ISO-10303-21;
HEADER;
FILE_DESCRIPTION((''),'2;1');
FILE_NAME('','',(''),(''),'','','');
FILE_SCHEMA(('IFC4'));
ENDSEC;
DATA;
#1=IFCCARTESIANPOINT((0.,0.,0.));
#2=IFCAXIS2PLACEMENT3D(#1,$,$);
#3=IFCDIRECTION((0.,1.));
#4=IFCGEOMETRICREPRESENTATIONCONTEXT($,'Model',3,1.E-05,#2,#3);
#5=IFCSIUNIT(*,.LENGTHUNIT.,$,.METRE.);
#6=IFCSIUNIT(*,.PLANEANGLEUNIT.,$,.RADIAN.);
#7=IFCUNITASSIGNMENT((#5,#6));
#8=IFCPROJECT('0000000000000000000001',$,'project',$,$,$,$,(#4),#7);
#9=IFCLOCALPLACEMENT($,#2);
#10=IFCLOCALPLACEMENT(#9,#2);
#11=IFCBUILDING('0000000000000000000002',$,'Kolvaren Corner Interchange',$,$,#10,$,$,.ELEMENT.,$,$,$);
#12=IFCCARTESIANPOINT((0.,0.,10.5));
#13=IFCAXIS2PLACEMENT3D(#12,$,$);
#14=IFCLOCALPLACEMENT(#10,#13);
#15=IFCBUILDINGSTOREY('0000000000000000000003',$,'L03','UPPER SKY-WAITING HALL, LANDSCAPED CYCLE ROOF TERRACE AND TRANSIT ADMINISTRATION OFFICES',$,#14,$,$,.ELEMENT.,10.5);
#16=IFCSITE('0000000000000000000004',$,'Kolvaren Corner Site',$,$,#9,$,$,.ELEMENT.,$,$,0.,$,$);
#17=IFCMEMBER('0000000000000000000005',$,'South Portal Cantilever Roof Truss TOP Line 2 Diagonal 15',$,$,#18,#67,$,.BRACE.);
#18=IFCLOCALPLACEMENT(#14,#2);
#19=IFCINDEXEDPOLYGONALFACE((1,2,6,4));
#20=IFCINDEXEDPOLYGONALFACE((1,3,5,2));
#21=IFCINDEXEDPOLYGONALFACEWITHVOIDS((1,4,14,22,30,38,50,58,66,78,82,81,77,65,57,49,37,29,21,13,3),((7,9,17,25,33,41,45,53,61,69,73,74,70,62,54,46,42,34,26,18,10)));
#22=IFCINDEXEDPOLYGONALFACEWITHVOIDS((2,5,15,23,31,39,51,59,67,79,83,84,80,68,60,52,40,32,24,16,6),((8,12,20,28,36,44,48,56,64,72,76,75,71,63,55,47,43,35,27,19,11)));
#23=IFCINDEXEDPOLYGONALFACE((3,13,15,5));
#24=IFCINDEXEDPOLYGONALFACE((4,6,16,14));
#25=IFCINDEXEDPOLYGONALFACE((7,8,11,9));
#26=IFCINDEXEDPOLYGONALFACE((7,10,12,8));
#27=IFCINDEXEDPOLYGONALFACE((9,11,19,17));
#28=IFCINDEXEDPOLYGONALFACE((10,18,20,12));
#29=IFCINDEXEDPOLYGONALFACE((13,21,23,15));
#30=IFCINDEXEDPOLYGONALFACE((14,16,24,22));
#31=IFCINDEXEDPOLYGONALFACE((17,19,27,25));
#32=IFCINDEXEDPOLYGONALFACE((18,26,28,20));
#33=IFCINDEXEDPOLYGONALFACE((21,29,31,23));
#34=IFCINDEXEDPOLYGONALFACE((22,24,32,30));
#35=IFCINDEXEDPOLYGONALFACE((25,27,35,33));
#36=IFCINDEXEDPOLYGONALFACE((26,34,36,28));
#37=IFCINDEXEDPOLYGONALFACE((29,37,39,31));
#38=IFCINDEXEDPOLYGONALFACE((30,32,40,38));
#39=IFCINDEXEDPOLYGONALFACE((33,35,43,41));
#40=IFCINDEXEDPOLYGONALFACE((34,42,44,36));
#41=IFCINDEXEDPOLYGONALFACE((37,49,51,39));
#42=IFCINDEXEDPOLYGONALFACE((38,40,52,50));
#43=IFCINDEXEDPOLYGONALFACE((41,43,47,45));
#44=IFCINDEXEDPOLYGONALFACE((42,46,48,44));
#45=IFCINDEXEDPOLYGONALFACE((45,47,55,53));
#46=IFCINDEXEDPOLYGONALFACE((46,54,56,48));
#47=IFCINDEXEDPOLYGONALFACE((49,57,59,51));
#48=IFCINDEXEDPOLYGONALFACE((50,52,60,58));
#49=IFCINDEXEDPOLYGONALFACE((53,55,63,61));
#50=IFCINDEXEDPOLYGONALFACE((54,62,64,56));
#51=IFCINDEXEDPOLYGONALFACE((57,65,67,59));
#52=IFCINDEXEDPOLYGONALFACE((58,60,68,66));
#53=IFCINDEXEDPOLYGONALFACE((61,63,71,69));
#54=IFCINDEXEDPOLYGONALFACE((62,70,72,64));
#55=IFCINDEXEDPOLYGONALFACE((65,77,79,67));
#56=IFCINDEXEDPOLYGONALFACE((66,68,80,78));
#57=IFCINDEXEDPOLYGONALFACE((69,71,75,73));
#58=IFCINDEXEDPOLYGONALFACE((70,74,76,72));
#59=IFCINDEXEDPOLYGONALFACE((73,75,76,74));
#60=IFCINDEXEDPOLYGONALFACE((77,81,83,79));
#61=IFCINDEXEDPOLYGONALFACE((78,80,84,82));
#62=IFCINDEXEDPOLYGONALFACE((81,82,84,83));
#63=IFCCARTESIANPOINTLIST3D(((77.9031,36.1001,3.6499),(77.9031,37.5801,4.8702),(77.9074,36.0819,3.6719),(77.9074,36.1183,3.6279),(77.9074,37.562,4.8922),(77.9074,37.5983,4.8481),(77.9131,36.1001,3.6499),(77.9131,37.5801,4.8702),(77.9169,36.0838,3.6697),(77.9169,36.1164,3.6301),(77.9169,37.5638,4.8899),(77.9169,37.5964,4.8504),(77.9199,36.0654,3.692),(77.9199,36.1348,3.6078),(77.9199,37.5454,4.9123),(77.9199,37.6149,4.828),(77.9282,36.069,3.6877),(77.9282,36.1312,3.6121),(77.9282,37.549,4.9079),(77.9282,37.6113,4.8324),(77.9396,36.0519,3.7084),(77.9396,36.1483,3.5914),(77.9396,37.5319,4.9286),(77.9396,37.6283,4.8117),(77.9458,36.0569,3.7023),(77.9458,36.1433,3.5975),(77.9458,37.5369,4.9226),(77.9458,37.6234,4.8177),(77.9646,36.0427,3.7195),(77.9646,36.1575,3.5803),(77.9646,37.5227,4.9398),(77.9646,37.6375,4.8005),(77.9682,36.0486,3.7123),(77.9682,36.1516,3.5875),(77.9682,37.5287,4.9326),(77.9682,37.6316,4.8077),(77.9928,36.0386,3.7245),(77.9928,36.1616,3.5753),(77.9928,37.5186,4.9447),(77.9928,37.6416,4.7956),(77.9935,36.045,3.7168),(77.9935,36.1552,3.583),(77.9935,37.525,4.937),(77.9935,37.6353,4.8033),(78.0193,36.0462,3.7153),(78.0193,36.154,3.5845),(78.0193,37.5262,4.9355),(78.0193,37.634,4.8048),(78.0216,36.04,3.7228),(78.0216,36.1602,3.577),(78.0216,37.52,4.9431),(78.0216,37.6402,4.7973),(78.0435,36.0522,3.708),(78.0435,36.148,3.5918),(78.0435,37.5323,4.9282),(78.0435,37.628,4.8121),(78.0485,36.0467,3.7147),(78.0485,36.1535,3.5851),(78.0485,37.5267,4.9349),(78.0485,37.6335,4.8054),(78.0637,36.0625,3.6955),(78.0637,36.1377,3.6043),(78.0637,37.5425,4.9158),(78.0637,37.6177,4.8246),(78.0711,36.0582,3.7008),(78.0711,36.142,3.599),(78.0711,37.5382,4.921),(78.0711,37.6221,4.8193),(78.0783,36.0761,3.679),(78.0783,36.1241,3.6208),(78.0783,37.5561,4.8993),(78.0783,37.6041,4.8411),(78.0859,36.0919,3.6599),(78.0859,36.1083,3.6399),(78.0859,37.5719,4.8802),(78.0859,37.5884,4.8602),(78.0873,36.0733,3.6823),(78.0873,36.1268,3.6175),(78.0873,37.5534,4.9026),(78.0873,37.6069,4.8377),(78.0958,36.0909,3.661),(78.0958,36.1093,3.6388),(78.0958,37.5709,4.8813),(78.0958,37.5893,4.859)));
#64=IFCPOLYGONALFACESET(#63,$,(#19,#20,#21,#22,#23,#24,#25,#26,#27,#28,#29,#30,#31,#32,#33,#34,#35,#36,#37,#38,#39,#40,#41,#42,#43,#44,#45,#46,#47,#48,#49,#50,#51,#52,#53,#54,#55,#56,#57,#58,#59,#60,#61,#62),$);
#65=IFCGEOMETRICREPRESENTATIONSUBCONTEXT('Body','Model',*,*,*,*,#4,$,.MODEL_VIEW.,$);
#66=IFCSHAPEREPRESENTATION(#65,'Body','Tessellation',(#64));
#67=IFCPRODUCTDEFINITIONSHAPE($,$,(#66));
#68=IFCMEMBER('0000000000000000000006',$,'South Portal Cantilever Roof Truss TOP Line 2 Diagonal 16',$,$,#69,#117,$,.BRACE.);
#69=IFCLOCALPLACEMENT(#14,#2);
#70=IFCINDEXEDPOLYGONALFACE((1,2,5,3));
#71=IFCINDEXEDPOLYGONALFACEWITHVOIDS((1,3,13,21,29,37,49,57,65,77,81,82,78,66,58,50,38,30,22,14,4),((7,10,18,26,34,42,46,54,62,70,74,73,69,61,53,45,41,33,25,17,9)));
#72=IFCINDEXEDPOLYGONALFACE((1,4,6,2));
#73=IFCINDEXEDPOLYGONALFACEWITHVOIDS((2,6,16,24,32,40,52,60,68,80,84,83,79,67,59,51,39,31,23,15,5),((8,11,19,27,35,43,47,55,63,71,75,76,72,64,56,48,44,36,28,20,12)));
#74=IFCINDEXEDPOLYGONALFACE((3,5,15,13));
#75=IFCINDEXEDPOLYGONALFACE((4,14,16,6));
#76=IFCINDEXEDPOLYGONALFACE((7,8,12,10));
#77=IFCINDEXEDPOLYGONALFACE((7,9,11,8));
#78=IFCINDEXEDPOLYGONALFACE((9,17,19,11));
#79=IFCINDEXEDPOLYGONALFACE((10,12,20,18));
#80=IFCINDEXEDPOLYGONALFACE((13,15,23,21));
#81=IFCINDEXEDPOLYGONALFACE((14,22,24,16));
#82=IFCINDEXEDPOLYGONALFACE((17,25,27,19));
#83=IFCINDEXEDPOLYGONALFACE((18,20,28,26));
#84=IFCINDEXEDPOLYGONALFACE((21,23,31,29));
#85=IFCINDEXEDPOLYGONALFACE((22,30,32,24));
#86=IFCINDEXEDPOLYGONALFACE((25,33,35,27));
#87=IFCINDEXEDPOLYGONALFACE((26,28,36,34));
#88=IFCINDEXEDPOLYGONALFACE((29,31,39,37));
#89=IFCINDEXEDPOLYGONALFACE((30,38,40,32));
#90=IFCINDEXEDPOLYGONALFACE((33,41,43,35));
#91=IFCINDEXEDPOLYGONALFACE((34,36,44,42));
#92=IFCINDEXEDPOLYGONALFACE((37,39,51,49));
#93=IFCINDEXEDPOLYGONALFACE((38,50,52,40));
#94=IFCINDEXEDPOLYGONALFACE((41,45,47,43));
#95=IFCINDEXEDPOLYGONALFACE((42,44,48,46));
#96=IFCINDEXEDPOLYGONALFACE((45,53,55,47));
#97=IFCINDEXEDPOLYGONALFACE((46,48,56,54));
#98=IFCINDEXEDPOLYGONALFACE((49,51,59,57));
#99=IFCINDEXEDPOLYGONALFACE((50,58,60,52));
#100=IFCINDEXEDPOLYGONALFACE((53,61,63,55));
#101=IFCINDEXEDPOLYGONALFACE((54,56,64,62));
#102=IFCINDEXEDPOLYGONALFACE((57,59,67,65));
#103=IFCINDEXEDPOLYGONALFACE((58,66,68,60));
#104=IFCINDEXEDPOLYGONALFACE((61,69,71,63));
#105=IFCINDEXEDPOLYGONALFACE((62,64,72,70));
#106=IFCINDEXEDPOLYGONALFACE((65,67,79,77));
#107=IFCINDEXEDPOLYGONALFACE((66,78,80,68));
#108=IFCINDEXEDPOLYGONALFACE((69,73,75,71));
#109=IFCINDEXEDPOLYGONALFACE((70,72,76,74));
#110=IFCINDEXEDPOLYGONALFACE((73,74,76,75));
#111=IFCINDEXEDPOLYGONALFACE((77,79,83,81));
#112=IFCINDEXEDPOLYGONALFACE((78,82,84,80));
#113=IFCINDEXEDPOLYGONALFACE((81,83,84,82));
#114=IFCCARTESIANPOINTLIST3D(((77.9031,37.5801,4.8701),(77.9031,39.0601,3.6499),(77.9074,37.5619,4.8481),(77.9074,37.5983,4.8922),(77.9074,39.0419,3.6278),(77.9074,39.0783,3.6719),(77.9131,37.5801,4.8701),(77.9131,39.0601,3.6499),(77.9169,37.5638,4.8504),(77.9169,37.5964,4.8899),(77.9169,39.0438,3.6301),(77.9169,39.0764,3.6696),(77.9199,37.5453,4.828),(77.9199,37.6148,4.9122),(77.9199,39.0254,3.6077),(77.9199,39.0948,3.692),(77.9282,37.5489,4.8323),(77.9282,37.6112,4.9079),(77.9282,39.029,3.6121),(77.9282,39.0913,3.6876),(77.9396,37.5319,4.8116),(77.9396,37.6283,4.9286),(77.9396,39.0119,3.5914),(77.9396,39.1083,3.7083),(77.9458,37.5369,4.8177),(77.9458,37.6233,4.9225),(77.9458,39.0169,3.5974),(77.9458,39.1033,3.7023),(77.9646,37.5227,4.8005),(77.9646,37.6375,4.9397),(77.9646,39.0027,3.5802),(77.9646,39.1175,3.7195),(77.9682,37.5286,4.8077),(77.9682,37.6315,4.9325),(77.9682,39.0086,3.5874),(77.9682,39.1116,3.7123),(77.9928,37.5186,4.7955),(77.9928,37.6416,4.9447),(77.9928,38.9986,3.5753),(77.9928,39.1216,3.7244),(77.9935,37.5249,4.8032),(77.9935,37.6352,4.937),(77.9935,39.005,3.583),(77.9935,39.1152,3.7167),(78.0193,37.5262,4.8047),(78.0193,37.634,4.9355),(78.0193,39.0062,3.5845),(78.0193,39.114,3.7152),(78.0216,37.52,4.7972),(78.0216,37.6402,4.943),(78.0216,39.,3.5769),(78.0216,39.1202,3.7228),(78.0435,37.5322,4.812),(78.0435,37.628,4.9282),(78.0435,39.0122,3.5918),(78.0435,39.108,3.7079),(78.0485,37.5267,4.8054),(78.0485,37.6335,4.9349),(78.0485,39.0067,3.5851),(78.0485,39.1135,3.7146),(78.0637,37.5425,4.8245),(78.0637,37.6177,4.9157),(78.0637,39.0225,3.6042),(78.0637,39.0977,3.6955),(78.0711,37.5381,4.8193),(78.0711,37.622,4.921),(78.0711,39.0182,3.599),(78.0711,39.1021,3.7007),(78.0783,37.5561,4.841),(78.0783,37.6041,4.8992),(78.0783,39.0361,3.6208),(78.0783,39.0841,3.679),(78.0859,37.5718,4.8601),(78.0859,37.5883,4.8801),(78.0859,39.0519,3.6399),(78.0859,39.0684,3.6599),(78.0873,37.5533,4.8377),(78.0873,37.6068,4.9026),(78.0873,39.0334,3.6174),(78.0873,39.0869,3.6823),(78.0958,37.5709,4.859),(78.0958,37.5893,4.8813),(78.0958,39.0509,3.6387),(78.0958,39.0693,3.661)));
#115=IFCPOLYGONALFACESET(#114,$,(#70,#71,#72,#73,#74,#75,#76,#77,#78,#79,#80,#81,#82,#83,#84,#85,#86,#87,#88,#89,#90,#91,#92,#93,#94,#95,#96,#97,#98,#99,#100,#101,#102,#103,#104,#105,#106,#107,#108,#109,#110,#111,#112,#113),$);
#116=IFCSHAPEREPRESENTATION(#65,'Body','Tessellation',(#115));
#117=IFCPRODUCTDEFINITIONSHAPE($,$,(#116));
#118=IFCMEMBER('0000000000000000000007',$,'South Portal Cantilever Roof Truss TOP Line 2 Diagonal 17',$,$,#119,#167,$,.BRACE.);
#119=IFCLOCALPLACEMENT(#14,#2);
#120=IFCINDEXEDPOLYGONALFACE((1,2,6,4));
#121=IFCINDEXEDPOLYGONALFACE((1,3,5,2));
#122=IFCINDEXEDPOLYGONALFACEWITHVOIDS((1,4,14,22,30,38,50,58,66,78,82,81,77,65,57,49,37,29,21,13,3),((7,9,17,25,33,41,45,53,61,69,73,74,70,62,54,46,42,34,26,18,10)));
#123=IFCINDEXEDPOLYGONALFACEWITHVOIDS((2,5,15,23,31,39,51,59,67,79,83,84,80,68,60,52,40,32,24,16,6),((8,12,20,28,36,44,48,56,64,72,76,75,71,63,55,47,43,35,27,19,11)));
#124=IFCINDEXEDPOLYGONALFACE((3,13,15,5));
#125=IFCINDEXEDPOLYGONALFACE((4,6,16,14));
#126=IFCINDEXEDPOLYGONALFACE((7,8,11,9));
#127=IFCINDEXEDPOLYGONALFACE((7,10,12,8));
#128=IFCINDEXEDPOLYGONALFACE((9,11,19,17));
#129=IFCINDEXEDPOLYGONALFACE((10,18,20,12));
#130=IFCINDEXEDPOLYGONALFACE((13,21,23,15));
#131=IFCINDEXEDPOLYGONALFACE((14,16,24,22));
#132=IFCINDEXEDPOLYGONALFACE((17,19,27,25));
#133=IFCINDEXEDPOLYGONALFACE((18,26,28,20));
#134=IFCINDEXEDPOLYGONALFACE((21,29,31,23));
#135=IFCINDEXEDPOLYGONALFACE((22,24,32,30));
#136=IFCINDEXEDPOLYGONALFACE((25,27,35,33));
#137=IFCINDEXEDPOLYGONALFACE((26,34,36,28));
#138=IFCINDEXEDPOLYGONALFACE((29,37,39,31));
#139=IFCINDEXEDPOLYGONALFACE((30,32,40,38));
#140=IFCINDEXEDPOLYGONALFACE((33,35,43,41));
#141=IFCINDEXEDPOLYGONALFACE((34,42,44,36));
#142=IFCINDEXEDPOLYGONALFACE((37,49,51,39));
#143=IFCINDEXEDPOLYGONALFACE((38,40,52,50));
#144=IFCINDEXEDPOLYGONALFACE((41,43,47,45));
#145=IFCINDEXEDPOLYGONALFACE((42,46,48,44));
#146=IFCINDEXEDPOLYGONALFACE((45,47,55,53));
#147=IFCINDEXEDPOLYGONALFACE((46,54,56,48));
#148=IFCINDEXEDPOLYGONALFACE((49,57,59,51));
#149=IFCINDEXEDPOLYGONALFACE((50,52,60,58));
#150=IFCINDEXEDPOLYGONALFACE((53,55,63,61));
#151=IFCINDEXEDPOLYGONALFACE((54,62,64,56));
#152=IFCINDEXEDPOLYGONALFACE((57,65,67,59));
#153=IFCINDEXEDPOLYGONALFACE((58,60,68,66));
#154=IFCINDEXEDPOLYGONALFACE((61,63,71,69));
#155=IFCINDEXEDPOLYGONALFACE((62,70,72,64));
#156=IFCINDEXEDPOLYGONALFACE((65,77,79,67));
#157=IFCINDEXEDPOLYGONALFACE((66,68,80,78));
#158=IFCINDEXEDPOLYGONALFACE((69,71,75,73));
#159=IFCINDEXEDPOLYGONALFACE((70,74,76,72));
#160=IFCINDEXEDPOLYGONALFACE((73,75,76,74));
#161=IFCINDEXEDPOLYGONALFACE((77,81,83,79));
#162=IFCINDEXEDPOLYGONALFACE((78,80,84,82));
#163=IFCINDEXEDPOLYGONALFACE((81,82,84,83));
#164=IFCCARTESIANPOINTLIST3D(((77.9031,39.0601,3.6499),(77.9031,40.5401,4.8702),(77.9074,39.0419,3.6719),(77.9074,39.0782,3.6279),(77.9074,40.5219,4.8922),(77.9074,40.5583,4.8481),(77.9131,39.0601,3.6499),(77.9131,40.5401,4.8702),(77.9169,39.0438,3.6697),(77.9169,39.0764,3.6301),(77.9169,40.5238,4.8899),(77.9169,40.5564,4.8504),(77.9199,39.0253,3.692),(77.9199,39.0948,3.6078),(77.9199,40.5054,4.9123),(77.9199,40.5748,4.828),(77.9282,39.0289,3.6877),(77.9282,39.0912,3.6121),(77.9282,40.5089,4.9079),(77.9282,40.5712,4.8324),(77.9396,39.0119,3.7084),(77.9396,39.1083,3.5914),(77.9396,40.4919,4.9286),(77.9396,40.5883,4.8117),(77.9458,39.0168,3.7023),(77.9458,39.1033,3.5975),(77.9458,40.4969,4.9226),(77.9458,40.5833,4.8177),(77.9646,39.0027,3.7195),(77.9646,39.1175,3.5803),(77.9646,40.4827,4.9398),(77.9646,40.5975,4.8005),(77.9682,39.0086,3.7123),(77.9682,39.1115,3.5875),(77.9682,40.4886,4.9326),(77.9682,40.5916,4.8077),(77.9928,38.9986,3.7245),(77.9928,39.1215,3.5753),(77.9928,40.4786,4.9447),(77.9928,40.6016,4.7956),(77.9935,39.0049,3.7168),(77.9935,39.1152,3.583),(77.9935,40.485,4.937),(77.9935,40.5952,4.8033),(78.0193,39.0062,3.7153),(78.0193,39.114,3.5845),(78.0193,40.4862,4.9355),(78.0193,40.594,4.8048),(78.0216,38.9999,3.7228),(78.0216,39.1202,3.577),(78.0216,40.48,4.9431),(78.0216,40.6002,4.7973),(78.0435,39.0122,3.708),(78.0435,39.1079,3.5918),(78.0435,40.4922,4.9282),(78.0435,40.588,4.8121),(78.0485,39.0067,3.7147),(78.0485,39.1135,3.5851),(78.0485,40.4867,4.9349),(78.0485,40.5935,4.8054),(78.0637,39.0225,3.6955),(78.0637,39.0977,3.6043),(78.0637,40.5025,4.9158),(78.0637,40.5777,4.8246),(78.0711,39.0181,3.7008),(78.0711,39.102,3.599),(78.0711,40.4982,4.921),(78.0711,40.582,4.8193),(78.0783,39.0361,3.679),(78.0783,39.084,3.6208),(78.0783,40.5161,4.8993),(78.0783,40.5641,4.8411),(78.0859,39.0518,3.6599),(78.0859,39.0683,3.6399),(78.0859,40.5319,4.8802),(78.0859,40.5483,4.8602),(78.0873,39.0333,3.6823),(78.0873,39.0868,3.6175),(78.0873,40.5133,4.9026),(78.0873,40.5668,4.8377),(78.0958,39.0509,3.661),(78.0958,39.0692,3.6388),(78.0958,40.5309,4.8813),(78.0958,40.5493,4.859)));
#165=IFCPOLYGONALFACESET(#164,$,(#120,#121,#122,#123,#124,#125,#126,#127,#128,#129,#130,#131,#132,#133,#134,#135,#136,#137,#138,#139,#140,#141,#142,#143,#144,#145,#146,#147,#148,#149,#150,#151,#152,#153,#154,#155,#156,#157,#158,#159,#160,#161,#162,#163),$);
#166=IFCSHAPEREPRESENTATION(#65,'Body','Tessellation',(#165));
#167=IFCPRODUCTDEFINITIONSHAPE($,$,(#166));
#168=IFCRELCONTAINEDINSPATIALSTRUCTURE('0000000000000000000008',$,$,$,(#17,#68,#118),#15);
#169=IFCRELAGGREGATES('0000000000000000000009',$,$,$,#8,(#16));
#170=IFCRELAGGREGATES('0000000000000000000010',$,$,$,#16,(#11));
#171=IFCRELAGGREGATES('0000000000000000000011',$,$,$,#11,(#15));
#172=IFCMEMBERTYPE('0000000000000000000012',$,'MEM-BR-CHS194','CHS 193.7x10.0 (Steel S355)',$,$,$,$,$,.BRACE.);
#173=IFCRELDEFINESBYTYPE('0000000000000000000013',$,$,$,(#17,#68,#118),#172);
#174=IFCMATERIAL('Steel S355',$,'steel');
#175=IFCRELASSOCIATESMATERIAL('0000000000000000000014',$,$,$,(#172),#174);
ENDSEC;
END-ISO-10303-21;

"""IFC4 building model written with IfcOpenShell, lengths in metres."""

from ifc_helpers import new_model, si_unit, direction, frame, origin, origin_2d, place, context, subcontext, project, spatial, hollow_circle, extrude, material, material_profile, profile_set, type_object, element, save


model = new_model("IFC4")

# Units and contexts
model_context = context("Model", 3, precision=1e-05, world=origin(), true_north=direction((0.0, 1.0)))
body_context = subcontext(model_context, "Body", "Model", "MODEL_VIEW")
ifc_project = project(units=[si_unit("LENGTHUNIT", "METRE"), si_unit("PLANEANGLEUNIT", "RADIAN")], contexts=[model_context])

# Site, building, storey
site_placement = place(None, origin())
site = spatial("IfcSite", under=ifc_project, at=site_placement, Name="Kolvaren Corner Site", CompositionType="ELEMENT", RefElevation=0.0)
building_placement = place(site_placement, origin())
building = spatial("IfcBuilding", under=site, at=building_placement, Name="Kolvaren Corner Interchange", CompositionType="ELEMENT")
storey_placement = place(building_placement, frame((0.0, 0.0, 10.5)))
storey = spatial("IfcBuildingStorey", under=building, at=storey_placement, Name="L03", Description="UPPER SKY-WAITING HALL, LANDSCAPED CYCLE ROOF TERRACE AND TRANSIT ADMINISTRATION OFFICES", CompositionType="ELEMENT", Elevation=10.5)

# Members
ifc_material_1 = material(Name="Steel S355", Category="steel")
ifc_material_profile_1 = material_profile(ifc_material_1, hollow_circle(Radius=0.0969, WallThickness=0.01, at=origin_2d()), Name="CHS 193.7x10.0")
ifc_profile_set_1 = profile_set([ifc_material_profile_1], Name="Steel S355")
member_type_1 = type_object("IfcMemberType", Name="MEM-BR-CHS194", Description="CHS 193.7x10.0 (Steel S355)", PredefinedType="BRACE", material=ifc_profile_set_1)
for number, where, z_axis, x_axis, name in (
    (1, (78.0, 36.1001, 3.6499), (0.0, 0.77157, 0.636144), (-1.0, 0.0, 0.0), "South Portal Cantilever Roof Truss TOP Line 2 Diagonal 15"),
    (2, (78.0, 37.5801, 4.8701), (0.0, 0.77157, -0.636144), (-1.0, 0.0, 0.0), "South Portal Cantilever Roof Truss TOP Line 2 Diagonal 16"),
    (3, (78.0, 39.0601, 3.6499), (0.0, 0.77157, 0.636144), (-1.0, 0.0, 0.0), "South Portal Cantilever Roof Truss TOP Line 2 Diagonal 17"),
):
    element("IfcMember", number, at=place(storey_placement, frame(where, z_axis=z_axis, x_axis=x_axis)), inside=storey, type_object=member_type_1, Name=name, PredefinedType="BRACE", context=body_context, shape_type="SweptSolid", body=[
        extrude(hollow_circle(Radius=0.0969, WallThickness=0.01, at=origin_2d()), origin(), (0.0, 0.0, 1.0), 1.9182),
    ])

save(model, "model.ifc")
